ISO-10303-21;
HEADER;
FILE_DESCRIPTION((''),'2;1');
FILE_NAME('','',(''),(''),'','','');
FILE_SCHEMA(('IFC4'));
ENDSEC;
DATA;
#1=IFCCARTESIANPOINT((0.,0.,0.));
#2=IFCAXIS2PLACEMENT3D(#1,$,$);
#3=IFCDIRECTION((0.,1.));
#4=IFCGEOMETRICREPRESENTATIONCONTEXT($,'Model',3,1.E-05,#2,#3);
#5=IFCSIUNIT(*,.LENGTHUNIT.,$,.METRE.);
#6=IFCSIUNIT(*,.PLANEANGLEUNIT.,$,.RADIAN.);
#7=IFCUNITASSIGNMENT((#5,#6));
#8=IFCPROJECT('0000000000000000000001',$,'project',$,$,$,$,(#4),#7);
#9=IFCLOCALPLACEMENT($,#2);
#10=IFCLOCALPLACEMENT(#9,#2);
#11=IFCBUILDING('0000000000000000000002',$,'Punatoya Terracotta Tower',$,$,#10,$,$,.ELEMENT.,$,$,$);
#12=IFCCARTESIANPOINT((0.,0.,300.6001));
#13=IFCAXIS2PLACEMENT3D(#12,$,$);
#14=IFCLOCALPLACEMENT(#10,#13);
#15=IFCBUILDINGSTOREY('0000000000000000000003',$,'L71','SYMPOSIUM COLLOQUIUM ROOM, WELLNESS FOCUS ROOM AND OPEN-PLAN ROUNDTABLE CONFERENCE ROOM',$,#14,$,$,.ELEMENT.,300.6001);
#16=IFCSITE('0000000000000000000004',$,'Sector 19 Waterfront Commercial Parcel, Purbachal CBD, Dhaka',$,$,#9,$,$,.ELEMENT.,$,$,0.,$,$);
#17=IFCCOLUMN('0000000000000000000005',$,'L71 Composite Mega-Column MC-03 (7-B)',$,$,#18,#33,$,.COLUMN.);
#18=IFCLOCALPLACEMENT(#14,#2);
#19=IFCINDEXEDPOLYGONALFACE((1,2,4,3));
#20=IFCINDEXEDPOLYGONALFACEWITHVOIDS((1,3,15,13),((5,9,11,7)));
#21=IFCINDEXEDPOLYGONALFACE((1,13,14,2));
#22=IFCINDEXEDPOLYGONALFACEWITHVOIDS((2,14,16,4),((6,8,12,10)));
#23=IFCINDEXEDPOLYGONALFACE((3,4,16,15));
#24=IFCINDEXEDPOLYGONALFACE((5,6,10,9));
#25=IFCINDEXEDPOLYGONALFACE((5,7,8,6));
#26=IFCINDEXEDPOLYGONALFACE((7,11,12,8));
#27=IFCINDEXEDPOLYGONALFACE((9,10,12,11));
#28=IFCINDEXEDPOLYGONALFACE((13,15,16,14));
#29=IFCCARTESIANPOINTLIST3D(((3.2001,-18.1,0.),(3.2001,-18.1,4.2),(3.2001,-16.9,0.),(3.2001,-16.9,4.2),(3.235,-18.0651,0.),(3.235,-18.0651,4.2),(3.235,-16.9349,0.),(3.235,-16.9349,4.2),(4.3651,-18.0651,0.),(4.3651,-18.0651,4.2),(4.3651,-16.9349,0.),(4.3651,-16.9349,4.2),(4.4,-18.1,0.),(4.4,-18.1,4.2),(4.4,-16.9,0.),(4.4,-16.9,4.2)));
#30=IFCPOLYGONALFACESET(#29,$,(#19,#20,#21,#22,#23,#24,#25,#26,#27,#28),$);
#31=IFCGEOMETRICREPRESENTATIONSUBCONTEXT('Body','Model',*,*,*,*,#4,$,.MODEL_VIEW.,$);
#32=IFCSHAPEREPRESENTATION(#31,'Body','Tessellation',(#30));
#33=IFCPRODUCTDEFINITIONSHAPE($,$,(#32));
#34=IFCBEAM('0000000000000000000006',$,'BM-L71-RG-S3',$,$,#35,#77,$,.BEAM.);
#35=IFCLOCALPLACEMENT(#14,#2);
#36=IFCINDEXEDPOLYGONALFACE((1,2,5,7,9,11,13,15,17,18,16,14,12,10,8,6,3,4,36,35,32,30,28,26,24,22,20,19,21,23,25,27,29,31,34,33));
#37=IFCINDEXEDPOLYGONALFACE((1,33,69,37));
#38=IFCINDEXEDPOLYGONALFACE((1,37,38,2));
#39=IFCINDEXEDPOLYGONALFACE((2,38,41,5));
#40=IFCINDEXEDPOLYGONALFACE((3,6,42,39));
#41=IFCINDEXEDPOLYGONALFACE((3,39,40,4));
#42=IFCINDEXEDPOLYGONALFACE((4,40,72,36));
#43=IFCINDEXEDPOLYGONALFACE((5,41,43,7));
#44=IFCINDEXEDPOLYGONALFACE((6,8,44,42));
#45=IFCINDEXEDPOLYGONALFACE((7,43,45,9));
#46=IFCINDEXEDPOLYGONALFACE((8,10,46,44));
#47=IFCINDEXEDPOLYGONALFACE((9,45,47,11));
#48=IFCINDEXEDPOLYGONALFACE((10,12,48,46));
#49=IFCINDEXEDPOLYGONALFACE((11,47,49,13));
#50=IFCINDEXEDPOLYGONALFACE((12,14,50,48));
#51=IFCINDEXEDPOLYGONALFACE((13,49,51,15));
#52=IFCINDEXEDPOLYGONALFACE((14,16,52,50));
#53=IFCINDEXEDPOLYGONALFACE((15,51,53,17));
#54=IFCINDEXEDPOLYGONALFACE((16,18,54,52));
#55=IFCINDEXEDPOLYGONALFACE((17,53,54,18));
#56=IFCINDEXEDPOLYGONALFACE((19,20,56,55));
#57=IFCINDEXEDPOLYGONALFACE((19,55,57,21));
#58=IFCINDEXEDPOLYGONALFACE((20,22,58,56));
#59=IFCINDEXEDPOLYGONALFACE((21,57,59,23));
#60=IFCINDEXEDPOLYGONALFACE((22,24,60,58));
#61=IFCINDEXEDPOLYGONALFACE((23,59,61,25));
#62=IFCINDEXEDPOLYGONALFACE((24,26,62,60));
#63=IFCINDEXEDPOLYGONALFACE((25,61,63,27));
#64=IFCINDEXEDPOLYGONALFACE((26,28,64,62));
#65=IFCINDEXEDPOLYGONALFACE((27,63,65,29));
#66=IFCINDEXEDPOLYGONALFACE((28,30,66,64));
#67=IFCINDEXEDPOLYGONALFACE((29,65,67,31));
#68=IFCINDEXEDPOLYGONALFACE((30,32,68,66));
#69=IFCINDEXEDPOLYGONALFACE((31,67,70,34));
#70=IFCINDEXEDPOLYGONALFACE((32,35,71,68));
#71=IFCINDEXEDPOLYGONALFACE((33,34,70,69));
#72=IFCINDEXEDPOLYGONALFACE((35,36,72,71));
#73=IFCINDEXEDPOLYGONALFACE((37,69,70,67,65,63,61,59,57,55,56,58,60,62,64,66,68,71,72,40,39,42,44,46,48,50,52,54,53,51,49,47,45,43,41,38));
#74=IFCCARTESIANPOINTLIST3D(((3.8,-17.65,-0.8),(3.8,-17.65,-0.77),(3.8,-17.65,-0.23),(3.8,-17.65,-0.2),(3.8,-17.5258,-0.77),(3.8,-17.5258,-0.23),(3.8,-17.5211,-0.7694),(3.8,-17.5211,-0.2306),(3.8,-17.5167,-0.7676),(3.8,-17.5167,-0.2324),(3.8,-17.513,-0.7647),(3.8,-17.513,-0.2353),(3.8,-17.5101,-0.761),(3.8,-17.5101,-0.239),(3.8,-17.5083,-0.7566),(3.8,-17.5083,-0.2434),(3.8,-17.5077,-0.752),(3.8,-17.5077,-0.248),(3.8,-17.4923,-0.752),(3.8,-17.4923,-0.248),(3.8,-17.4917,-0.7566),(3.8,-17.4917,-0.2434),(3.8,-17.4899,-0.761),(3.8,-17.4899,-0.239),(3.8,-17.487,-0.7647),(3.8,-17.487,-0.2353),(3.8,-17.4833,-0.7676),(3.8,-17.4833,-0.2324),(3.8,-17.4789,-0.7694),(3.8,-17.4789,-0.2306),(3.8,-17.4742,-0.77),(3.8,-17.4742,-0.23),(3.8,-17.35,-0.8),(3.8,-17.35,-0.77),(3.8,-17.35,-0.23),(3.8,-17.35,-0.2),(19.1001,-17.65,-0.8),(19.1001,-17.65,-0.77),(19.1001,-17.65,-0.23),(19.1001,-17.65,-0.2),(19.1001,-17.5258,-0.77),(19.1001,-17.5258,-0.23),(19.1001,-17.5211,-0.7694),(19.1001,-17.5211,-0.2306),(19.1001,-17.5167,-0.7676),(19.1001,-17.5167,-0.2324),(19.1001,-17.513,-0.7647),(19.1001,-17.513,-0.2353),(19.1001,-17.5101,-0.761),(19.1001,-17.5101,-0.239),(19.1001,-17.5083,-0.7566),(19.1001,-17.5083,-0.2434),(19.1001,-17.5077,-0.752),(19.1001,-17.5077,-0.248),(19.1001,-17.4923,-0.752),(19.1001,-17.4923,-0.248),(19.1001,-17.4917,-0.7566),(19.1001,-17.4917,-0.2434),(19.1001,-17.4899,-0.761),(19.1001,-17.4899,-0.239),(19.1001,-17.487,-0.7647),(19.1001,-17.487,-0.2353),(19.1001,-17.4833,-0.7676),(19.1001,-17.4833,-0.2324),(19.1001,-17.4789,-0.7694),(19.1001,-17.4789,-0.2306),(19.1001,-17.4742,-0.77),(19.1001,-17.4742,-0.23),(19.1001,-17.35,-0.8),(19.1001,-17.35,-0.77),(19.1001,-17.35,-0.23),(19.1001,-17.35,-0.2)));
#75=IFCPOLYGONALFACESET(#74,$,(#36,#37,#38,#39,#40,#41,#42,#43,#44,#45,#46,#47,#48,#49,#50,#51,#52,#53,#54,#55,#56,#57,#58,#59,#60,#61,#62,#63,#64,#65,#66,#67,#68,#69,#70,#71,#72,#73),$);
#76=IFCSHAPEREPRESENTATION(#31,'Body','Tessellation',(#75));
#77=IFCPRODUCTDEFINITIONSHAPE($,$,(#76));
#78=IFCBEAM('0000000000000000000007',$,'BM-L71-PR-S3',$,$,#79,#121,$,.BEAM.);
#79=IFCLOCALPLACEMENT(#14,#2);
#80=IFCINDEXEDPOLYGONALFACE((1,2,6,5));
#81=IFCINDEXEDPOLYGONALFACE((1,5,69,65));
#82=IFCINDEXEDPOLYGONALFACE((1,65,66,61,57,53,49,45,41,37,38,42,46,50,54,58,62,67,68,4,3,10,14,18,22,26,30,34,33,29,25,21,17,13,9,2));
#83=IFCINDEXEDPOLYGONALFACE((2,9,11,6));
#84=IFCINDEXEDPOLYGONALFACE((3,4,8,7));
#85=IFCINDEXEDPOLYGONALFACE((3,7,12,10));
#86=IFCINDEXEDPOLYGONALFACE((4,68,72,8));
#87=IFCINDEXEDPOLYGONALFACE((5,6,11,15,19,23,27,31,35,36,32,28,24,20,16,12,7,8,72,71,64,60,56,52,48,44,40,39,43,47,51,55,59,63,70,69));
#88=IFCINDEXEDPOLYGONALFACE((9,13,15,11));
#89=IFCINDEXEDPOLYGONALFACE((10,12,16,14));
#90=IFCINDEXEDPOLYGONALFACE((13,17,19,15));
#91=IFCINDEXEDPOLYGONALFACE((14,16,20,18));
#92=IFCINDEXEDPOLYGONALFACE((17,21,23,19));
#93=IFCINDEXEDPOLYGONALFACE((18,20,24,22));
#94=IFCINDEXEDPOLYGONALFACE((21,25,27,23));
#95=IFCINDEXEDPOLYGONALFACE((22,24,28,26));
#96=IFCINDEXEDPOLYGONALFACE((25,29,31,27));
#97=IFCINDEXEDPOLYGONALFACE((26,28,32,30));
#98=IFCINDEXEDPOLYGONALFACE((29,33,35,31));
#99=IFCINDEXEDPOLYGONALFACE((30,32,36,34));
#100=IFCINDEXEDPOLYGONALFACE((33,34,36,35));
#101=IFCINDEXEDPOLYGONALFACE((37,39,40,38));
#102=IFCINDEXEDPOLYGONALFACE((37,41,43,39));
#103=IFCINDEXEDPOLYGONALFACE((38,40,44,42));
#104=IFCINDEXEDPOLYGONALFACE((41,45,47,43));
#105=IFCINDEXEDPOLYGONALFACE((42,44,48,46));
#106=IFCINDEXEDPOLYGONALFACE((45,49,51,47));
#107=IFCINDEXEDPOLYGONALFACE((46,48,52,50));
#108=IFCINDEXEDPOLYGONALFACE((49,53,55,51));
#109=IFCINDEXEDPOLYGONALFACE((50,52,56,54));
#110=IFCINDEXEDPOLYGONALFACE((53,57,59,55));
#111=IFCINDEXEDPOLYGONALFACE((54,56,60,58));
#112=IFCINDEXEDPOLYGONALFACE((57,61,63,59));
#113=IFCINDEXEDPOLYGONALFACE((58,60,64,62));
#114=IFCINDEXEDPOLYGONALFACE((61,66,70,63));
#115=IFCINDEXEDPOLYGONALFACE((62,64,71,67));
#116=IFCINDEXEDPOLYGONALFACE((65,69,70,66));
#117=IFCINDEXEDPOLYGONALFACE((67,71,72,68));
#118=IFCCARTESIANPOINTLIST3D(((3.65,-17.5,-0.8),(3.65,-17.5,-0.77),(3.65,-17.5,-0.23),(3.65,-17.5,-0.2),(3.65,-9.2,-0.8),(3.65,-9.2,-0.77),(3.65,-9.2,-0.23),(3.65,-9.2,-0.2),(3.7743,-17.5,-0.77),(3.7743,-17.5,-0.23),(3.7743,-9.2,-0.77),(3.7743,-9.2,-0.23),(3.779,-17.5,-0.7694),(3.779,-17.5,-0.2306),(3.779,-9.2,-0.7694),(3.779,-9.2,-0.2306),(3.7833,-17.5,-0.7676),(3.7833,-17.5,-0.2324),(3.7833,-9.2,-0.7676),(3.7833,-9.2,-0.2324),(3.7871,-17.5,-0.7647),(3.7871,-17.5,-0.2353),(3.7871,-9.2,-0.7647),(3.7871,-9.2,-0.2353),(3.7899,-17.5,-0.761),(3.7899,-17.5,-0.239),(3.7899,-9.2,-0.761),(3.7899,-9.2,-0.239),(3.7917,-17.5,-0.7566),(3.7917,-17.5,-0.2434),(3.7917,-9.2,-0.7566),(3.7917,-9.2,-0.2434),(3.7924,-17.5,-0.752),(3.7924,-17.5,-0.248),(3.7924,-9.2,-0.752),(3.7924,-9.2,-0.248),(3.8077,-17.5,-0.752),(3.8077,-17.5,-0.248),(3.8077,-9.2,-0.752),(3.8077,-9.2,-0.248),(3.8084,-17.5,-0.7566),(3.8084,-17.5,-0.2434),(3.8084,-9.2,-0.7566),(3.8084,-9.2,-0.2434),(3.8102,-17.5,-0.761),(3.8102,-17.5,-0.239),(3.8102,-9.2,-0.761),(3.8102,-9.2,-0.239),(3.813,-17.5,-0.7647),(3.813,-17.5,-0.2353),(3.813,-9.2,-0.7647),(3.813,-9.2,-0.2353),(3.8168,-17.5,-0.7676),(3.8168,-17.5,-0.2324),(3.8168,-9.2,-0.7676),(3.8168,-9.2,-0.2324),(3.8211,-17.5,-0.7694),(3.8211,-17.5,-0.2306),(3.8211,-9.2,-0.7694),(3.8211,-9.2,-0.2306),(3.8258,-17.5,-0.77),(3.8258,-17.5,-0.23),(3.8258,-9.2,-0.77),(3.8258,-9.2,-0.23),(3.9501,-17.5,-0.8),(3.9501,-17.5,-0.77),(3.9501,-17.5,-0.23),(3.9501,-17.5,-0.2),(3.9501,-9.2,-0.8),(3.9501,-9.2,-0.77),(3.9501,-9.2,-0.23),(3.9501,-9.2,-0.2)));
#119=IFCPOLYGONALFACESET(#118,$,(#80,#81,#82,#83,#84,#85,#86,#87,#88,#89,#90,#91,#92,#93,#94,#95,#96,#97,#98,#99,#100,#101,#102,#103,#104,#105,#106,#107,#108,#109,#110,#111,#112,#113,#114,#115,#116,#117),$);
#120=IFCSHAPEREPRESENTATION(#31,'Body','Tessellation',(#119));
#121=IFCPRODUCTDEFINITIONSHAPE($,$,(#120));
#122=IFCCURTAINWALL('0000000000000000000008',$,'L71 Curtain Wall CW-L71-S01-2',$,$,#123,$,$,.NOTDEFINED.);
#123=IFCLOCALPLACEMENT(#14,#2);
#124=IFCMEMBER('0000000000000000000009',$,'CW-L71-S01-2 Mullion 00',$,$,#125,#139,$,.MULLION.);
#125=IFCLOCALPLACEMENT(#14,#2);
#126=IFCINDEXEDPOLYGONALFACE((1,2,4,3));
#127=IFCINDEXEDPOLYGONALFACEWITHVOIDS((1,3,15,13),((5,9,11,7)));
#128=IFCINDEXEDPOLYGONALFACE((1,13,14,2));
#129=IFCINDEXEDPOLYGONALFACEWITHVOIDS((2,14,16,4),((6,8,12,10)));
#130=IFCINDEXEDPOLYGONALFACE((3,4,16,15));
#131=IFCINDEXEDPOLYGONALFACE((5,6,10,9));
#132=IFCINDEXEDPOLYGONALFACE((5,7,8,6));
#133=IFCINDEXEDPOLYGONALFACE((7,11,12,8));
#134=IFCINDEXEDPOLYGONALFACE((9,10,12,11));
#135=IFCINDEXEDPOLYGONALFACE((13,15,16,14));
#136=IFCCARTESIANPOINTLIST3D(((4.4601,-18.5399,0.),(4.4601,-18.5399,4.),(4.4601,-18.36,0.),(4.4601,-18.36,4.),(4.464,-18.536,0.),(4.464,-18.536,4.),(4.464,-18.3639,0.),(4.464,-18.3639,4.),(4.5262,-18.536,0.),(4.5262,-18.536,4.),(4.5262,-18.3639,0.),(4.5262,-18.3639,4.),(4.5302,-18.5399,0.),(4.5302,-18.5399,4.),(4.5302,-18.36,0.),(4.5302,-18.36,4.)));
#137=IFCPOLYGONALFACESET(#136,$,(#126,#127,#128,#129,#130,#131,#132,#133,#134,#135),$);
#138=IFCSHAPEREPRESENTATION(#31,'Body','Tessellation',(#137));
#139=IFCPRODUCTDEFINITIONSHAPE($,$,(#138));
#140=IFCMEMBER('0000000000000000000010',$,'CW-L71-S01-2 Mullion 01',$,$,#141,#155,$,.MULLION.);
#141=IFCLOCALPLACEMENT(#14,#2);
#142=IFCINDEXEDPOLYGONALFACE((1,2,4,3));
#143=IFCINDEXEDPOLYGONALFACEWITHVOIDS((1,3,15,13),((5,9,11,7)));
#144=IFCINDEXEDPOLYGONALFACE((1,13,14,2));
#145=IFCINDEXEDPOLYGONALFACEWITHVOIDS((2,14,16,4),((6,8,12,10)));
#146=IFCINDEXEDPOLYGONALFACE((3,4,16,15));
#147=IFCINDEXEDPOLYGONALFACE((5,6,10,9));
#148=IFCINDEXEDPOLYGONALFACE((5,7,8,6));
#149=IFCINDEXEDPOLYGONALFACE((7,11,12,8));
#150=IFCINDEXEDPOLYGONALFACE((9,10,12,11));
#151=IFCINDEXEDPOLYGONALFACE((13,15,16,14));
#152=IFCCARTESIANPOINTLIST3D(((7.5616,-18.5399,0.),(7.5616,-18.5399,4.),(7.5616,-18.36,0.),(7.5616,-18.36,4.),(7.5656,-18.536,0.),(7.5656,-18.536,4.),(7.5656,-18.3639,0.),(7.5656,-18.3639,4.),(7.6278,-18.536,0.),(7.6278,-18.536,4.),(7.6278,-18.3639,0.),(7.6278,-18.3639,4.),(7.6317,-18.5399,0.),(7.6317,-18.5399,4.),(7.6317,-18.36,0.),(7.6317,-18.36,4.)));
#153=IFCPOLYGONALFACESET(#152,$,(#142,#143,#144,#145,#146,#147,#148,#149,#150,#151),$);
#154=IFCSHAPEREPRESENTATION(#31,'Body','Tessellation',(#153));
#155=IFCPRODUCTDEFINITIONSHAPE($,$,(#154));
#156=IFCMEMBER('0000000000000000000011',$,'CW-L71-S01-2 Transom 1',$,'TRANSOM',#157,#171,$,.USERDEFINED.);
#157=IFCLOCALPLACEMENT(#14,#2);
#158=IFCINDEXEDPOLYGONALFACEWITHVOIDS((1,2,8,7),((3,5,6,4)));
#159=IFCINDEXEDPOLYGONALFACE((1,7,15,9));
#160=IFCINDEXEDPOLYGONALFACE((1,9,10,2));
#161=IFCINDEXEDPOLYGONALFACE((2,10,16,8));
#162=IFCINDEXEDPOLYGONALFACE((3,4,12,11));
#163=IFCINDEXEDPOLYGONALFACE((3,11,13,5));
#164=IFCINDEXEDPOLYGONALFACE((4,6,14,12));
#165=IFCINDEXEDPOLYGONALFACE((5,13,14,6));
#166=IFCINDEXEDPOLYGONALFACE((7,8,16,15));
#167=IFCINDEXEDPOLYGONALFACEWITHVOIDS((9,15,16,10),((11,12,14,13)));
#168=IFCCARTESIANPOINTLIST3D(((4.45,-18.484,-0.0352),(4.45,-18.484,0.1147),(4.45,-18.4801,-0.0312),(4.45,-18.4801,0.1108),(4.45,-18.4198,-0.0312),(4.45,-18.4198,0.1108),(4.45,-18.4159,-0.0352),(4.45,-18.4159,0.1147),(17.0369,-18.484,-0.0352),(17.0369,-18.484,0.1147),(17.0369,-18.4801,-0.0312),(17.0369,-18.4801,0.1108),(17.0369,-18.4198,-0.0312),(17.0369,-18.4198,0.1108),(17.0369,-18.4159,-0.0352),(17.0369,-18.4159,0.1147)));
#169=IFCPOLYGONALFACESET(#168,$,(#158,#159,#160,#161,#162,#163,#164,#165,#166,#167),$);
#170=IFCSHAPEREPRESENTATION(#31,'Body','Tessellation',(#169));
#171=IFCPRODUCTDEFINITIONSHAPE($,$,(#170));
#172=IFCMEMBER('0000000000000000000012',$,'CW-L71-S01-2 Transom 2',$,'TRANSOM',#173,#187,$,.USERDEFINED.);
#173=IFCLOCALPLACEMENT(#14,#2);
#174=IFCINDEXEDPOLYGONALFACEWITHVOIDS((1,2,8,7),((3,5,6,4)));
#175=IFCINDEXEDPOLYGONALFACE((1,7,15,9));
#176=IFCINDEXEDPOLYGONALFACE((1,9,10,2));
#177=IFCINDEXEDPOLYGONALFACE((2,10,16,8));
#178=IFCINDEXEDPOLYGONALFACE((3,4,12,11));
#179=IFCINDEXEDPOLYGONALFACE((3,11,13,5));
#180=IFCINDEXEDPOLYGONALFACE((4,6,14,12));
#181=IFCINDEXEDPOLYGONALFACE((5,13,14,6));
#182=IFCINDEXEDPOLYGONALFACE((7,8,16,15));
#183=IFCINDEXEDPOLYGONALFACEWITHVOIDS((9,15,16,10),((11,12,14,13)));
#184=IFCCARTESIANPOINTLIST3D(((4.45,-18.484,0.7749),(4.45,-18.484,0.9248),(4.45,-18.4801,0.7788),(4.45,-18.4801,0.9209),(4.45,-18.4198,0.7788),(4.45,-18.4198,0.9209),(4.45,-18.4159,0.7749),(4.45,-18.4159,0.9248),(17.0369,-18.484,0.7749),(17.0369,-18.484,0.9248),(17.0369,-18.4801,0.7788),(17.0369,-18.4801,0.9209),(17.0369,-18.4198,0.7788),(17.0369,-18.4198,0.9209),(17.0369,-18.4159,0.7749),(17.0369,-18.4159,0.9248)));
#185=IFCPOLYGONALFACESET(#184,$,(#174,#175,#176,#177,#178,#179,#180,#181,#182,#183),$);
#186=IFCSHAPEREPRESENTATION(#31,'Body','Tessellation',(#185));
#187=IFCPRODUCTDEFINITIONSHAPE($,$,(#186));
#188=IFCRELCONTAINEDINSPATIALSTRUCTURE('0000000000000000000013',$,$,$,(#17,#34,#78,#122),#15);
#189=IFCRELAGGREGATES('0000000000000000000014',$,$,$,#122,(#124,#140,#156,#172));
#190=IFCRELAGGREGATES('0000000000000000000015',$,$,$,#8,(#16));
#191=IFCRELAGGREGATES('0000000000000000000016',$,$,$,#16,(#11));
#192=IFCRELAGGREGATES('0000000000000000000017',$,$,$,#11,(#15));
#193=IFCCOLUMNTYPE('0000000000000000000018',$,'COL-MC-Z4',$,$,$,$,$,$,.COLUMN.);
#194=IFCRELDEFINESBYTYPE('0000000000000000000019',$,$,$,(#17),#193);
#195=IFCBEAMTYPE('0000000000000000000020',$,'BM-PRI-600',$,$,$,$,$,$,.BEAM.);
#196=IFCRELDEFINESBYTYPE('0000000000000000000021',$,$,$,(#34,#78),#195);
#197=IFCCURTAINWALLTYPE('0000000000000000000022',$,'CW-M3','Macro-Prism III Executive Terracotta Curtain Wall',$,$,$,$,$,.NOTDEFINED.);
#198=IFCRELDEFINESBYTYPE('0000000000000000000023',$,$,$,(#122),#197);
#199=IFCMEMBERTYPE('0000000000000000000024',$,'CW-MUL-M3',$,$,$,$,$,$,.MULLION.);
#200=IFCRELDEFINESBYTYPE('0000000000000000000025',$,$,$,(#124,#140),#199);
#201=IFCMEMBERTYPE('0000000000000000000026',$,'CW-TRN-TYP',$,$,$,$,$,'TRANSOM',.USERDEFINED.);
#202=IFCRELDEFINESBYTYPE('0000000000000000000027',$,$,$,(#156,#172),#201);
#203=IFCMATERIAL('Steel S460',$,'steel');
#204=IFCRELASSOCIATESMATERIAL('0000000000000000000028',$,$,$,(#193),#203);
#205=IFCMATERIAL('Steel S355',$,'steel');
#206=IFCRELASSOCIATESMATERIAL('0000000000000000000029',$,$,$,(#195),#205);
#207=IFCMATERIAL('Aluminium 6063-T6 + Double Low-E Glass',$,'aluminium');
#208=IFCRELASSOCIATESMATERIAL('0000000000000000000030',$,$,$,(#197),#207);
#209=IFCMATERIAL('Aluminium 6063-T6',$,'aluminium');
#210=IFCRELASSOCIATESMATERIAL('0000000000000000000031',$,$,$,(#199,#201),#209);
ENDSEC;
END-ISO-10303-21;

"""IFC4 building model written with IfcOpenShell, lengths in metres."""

from ifc_helpers import new_model, si_unit, direction, frame, origin, origin_2d, place, context, subcontext, project, spatial, hollow_rectangle, i_section, extrude, material, material_profile, profile_set, type_object, element, aggregate, save


model = new_model("IFC4")

# Units and contexts
model_context = context("Model", 3, precision=1e-05, world=origin(), true_north=direction((0.0, 1.0)))
body_context = subcontext(model_context, "Body", "Model", "MODEL_VIEW")
ifc_project = project(units=[si_unit("LENGTHUNIT", "METRE"), si_unit("PLANEANGLEUNIT", "RADIAN")], contexts=[model_context])

# Site, building, storey
site_placement = place(None, origin())
site = spatial("IfcSite", under=ifc_project, at=site_placement, Name="Sector 19 Waterfront Commercial Parcel, Purbachal CBD, Dhaka", CompositionType="ELEMENT", RefElevation=0.0)
building_placement = place(site_placement, origin())
building = spatial("IfcBuilding", under=site, at=building_placement, Name="Punatoya Terracotta Tower", CompositionType="ELEMENT")
storey_placement = place(building_placement, frame((0.0, 0.0, 300.6001)))
storey = spatial("IfcBuildingStorey", under=building, at=storey_placement, Name="L71", Description="SYMPOSIUM COLLOQUIUM ROOM, WELLNESS FOCUS ROOM AND OPEN-PLAN ROUNDTABLE CONFERENCE ROOM", CompositionType="ELEMENT", Elevation=300.6001)

# Column
ifc_material_1 = material(Name="Steel S460", Category="steel")
ifc_material_profile_1 = material_profile(ifc_material_1, hollow_rectangle(XDim=1.2, YDim=1.2, WallThickness=0.0349, at=origin_2d()))
ifc_profile_set_1 = profile_set([ifc_material_profile_1], Name="Steel S460")
column_type = type_object("IfcColumnType", Name="COL-MC-Z4", PredefinedType="COLUMN", material=ifc_profile_set_1)
column_placement = place(storey_placement, frame((3.8, -17.5, 0.0), z_axis=(0.0, 0.0, 1.0), x_axis=(1.0, 0.0, 0.0)))
element("IfcColumn", 1, at=column_placement, inside=storey, type_object=column_type, Name="L71 Composite Mega-Column MC-03 (7-B)", PredefinedType="COLUMN", context=body_context, shape_type="SweptSolid", body=[
    extrude(hollow_rectangle(XDim=1.2, YDim=1.2, WallThickness=0.0349, at=origin_2d()), origin(), (0.0, 0.0, 1.0), 4.2),
])

# Beams
ifc_material_2 = material(Name="Steel S355", Category="steel")
ifc_material_profile_2 = material_profile(ifc_material_2, i_section(OverallWidth=0.3, OverallDepth=0.6001, WebThickness=0.0154, FlangeThickness=0.03, FilletRadius=0.0181, at=origin_2d()))
ifc_profile_set_2 = profile_set([ifc_material_profile_2], Name="Steel S355")
beam_type = type_object("IfcBeamType", Name="BM-PRI-600", PredefinedType="BEAM", material=ifc_profile_set_2)
beam_1_placement = place(storey_placement, frame((3.8, -17.5, -0.5), z_axis=(1.0, 0.0, 0.0), x_axis=(0.0, 1.0, 0.0)))
element("IfcBeam", 2, at=beam_1_placement, inside=storey, type_object=beam_type, Name="BM-L71-RG-S3", PredefinedType="BEAM", context=body_context, shape_type="SweptSolid", body=[
    extrude(i_section(OverallWidth=0.3, OverallDepth=0.6001, WebThickness=0.0154, FlangeThickness=0.03, FilletRadius=0.0181, at=origin_2d()), origin(), (0.0, 0.0, 1.0), 15.3),
])
beam_2_placement = place(storey_placement, frame((3.8, -17.5, -0.5), z_axis=(0.0, 1.0, 0.0), x_axis=(-1.0, 0.0, 0.0)))
element("IfcBeam", 3, at=beam_2_placement, inside=storey, type_object=beam_type, Name="BM-L71-PR-S3", PredefinedType="BEAM", context=body_context, shape_type="SweptSolid", body=[
    extrude(i_section(OverallWidth=0.3, OverallDepth=0.6001, WebThickness=0.0154, FlangeThickness=0.03, FilletRadius=0.0181, at=origin_2d()), origin(), (0.0, 0.0, 1.0), 8.3),
])

# Curtain wall, members
ifc_material_3 = material(Name="Aluminium 6063-T6 + Double Low-E Glass", Category="aluminium")
curtain_wall_type = type_object("IfcCurtainWallType", Name="CW-M3", Description="Macro-Prism III Executive Terracotta Curtain Wall", PredefinedType="NOTDEFINED", material=ifc_material_3)
curtain_wall_placement = place(storey_placement, origin())
curtain_wall = element("IfcCurtainWall", 4, at=curtain_wall_placement, inside=storey, type_object=curtain_wall_type, Name="L71 Curtain Wall CW-L71-S01-2", PredefinedType="NOTDEFINED")
ifc_material_4 = material(Name="Aluminium 6063-T6", Category="aluminium")
ifc_material_profile_3 = material_profile(ifc_material_4, hollow_rectangle(XDim=0.0701, YDim=0.1799, WallThickness=0.0039, at=origin_2d()))
ifc_profile_set_3 = profile_set([ifc_material_profile_3], Name="Aluminium 6063-T6")
member_type_1 = type_object("IfcMemberType", Name="CW-MUL-M3", PredefinedType="MULLION", material=ifc_profile_set_3)
member_1_placement = place(storey_placement, frame((4.4951, -18.45, 0.0), z_axis=(0.0, 0.0, 1.0), x_axis=(1.0, 0.0, 0.0)))
member_1 = element("IfcMember", 5, at=member_1_placement, type_object=member_type_1, Name="CW-L71-S01-2 Mullion 00", PredefinedType="MULLION", context=body_context, shape_type="SweptSolid", body=[
    extrude(hollow_rectangle(XDim=0.0701, YDim=0.1799, WallThickness=0.0039, at=origin_2d()), origin(), (0.0, 0.0, 1.0), 4.0),
])
member_2_placement = place(storey_placement, frame((7.5967, -18.45, 0.0), z_axis=(0.0, 0.0, 1.0), x_axis=(1.0, 0.0, 0.0)))
member_2 = element("IfcMember", 6, at=member_2_placement, type_object=member_type_1, Name="CW-L71-S01-2 Mullion 01", PredefinedType="MULLION", context=body_context, shape_type="SweptSolid", body=[
    extrude(hollow_rectangle(XDim=0.0701, YDim=0.1799, WallThickness=0.0039, at=origin_2d()), origin(), (0.0, 0.0, 1.0), 4.0),
])
ifc_material_profile_4 = material_profile(ifc_material_4, hollow_rectangle(XDim=0.0681, YDim=0.1499, WallThickness=0.0039, at=origin_2d()))
ifc_profile_set_4 = profile_set([ifc_material_profile_4], Name="Aluminium 6063-T6")
member_type_2 = type_object("IfcMemberType", Name="CW-TRN-TYP", ElementType="TRANSOM", PredefinedType="USERDEFINED", material=ifc_profile_set_4)
member_3_placement = place(storey_placement, frame((4.45, -18.45, 0.0398), z_axis=(1.0, 0.0, 0.0), x_axis=(0.0, 1.0, 0.0)))
member_3 = element("IfcMember", 7, at=member_3_placement, type_object=member_type_2, Name="CW-L71-S01-2 Transom 1", ObjectType="TRANSOM", PredefinedType="USERDEFINED", context=body_context, shape_type="SweptSolid", body=[
    extrude(hollow_rectangle(XDim=0.0681, YDim=0.1499, WallThickness=0.0039, at=origin_2d()), origin(), (0.0, 0.0, 1.0), 12.5869),
])
member_4_placement = place(storey_placement, frame((4.45, -18.45, 0.8499), z_axis=(1.0, 0.0, 0.0), x_axis=(0.0, 1.0, 0.0)))
member_4 = element("IfcMember", 8, at=member_4_placement, type_object=member_type_2, Name="CW-L71-S01-2 Transom 2", ObjectType="TRANSOM", PredefinedType="USERDEFINED", context=body_context, shape_type="SweptSolid", body=[
    extrude(hollow_rectangle(XDim=0.0681, YDim=0.1499, WallThickness=0.0039, at=origin_2d()), origin(), (0.0, 0.0, 1.0), 12.5869),
])

aggregate(curtain_wall, [member_1, member_2, member_3, member_4])

save(model, "model.ifc")
